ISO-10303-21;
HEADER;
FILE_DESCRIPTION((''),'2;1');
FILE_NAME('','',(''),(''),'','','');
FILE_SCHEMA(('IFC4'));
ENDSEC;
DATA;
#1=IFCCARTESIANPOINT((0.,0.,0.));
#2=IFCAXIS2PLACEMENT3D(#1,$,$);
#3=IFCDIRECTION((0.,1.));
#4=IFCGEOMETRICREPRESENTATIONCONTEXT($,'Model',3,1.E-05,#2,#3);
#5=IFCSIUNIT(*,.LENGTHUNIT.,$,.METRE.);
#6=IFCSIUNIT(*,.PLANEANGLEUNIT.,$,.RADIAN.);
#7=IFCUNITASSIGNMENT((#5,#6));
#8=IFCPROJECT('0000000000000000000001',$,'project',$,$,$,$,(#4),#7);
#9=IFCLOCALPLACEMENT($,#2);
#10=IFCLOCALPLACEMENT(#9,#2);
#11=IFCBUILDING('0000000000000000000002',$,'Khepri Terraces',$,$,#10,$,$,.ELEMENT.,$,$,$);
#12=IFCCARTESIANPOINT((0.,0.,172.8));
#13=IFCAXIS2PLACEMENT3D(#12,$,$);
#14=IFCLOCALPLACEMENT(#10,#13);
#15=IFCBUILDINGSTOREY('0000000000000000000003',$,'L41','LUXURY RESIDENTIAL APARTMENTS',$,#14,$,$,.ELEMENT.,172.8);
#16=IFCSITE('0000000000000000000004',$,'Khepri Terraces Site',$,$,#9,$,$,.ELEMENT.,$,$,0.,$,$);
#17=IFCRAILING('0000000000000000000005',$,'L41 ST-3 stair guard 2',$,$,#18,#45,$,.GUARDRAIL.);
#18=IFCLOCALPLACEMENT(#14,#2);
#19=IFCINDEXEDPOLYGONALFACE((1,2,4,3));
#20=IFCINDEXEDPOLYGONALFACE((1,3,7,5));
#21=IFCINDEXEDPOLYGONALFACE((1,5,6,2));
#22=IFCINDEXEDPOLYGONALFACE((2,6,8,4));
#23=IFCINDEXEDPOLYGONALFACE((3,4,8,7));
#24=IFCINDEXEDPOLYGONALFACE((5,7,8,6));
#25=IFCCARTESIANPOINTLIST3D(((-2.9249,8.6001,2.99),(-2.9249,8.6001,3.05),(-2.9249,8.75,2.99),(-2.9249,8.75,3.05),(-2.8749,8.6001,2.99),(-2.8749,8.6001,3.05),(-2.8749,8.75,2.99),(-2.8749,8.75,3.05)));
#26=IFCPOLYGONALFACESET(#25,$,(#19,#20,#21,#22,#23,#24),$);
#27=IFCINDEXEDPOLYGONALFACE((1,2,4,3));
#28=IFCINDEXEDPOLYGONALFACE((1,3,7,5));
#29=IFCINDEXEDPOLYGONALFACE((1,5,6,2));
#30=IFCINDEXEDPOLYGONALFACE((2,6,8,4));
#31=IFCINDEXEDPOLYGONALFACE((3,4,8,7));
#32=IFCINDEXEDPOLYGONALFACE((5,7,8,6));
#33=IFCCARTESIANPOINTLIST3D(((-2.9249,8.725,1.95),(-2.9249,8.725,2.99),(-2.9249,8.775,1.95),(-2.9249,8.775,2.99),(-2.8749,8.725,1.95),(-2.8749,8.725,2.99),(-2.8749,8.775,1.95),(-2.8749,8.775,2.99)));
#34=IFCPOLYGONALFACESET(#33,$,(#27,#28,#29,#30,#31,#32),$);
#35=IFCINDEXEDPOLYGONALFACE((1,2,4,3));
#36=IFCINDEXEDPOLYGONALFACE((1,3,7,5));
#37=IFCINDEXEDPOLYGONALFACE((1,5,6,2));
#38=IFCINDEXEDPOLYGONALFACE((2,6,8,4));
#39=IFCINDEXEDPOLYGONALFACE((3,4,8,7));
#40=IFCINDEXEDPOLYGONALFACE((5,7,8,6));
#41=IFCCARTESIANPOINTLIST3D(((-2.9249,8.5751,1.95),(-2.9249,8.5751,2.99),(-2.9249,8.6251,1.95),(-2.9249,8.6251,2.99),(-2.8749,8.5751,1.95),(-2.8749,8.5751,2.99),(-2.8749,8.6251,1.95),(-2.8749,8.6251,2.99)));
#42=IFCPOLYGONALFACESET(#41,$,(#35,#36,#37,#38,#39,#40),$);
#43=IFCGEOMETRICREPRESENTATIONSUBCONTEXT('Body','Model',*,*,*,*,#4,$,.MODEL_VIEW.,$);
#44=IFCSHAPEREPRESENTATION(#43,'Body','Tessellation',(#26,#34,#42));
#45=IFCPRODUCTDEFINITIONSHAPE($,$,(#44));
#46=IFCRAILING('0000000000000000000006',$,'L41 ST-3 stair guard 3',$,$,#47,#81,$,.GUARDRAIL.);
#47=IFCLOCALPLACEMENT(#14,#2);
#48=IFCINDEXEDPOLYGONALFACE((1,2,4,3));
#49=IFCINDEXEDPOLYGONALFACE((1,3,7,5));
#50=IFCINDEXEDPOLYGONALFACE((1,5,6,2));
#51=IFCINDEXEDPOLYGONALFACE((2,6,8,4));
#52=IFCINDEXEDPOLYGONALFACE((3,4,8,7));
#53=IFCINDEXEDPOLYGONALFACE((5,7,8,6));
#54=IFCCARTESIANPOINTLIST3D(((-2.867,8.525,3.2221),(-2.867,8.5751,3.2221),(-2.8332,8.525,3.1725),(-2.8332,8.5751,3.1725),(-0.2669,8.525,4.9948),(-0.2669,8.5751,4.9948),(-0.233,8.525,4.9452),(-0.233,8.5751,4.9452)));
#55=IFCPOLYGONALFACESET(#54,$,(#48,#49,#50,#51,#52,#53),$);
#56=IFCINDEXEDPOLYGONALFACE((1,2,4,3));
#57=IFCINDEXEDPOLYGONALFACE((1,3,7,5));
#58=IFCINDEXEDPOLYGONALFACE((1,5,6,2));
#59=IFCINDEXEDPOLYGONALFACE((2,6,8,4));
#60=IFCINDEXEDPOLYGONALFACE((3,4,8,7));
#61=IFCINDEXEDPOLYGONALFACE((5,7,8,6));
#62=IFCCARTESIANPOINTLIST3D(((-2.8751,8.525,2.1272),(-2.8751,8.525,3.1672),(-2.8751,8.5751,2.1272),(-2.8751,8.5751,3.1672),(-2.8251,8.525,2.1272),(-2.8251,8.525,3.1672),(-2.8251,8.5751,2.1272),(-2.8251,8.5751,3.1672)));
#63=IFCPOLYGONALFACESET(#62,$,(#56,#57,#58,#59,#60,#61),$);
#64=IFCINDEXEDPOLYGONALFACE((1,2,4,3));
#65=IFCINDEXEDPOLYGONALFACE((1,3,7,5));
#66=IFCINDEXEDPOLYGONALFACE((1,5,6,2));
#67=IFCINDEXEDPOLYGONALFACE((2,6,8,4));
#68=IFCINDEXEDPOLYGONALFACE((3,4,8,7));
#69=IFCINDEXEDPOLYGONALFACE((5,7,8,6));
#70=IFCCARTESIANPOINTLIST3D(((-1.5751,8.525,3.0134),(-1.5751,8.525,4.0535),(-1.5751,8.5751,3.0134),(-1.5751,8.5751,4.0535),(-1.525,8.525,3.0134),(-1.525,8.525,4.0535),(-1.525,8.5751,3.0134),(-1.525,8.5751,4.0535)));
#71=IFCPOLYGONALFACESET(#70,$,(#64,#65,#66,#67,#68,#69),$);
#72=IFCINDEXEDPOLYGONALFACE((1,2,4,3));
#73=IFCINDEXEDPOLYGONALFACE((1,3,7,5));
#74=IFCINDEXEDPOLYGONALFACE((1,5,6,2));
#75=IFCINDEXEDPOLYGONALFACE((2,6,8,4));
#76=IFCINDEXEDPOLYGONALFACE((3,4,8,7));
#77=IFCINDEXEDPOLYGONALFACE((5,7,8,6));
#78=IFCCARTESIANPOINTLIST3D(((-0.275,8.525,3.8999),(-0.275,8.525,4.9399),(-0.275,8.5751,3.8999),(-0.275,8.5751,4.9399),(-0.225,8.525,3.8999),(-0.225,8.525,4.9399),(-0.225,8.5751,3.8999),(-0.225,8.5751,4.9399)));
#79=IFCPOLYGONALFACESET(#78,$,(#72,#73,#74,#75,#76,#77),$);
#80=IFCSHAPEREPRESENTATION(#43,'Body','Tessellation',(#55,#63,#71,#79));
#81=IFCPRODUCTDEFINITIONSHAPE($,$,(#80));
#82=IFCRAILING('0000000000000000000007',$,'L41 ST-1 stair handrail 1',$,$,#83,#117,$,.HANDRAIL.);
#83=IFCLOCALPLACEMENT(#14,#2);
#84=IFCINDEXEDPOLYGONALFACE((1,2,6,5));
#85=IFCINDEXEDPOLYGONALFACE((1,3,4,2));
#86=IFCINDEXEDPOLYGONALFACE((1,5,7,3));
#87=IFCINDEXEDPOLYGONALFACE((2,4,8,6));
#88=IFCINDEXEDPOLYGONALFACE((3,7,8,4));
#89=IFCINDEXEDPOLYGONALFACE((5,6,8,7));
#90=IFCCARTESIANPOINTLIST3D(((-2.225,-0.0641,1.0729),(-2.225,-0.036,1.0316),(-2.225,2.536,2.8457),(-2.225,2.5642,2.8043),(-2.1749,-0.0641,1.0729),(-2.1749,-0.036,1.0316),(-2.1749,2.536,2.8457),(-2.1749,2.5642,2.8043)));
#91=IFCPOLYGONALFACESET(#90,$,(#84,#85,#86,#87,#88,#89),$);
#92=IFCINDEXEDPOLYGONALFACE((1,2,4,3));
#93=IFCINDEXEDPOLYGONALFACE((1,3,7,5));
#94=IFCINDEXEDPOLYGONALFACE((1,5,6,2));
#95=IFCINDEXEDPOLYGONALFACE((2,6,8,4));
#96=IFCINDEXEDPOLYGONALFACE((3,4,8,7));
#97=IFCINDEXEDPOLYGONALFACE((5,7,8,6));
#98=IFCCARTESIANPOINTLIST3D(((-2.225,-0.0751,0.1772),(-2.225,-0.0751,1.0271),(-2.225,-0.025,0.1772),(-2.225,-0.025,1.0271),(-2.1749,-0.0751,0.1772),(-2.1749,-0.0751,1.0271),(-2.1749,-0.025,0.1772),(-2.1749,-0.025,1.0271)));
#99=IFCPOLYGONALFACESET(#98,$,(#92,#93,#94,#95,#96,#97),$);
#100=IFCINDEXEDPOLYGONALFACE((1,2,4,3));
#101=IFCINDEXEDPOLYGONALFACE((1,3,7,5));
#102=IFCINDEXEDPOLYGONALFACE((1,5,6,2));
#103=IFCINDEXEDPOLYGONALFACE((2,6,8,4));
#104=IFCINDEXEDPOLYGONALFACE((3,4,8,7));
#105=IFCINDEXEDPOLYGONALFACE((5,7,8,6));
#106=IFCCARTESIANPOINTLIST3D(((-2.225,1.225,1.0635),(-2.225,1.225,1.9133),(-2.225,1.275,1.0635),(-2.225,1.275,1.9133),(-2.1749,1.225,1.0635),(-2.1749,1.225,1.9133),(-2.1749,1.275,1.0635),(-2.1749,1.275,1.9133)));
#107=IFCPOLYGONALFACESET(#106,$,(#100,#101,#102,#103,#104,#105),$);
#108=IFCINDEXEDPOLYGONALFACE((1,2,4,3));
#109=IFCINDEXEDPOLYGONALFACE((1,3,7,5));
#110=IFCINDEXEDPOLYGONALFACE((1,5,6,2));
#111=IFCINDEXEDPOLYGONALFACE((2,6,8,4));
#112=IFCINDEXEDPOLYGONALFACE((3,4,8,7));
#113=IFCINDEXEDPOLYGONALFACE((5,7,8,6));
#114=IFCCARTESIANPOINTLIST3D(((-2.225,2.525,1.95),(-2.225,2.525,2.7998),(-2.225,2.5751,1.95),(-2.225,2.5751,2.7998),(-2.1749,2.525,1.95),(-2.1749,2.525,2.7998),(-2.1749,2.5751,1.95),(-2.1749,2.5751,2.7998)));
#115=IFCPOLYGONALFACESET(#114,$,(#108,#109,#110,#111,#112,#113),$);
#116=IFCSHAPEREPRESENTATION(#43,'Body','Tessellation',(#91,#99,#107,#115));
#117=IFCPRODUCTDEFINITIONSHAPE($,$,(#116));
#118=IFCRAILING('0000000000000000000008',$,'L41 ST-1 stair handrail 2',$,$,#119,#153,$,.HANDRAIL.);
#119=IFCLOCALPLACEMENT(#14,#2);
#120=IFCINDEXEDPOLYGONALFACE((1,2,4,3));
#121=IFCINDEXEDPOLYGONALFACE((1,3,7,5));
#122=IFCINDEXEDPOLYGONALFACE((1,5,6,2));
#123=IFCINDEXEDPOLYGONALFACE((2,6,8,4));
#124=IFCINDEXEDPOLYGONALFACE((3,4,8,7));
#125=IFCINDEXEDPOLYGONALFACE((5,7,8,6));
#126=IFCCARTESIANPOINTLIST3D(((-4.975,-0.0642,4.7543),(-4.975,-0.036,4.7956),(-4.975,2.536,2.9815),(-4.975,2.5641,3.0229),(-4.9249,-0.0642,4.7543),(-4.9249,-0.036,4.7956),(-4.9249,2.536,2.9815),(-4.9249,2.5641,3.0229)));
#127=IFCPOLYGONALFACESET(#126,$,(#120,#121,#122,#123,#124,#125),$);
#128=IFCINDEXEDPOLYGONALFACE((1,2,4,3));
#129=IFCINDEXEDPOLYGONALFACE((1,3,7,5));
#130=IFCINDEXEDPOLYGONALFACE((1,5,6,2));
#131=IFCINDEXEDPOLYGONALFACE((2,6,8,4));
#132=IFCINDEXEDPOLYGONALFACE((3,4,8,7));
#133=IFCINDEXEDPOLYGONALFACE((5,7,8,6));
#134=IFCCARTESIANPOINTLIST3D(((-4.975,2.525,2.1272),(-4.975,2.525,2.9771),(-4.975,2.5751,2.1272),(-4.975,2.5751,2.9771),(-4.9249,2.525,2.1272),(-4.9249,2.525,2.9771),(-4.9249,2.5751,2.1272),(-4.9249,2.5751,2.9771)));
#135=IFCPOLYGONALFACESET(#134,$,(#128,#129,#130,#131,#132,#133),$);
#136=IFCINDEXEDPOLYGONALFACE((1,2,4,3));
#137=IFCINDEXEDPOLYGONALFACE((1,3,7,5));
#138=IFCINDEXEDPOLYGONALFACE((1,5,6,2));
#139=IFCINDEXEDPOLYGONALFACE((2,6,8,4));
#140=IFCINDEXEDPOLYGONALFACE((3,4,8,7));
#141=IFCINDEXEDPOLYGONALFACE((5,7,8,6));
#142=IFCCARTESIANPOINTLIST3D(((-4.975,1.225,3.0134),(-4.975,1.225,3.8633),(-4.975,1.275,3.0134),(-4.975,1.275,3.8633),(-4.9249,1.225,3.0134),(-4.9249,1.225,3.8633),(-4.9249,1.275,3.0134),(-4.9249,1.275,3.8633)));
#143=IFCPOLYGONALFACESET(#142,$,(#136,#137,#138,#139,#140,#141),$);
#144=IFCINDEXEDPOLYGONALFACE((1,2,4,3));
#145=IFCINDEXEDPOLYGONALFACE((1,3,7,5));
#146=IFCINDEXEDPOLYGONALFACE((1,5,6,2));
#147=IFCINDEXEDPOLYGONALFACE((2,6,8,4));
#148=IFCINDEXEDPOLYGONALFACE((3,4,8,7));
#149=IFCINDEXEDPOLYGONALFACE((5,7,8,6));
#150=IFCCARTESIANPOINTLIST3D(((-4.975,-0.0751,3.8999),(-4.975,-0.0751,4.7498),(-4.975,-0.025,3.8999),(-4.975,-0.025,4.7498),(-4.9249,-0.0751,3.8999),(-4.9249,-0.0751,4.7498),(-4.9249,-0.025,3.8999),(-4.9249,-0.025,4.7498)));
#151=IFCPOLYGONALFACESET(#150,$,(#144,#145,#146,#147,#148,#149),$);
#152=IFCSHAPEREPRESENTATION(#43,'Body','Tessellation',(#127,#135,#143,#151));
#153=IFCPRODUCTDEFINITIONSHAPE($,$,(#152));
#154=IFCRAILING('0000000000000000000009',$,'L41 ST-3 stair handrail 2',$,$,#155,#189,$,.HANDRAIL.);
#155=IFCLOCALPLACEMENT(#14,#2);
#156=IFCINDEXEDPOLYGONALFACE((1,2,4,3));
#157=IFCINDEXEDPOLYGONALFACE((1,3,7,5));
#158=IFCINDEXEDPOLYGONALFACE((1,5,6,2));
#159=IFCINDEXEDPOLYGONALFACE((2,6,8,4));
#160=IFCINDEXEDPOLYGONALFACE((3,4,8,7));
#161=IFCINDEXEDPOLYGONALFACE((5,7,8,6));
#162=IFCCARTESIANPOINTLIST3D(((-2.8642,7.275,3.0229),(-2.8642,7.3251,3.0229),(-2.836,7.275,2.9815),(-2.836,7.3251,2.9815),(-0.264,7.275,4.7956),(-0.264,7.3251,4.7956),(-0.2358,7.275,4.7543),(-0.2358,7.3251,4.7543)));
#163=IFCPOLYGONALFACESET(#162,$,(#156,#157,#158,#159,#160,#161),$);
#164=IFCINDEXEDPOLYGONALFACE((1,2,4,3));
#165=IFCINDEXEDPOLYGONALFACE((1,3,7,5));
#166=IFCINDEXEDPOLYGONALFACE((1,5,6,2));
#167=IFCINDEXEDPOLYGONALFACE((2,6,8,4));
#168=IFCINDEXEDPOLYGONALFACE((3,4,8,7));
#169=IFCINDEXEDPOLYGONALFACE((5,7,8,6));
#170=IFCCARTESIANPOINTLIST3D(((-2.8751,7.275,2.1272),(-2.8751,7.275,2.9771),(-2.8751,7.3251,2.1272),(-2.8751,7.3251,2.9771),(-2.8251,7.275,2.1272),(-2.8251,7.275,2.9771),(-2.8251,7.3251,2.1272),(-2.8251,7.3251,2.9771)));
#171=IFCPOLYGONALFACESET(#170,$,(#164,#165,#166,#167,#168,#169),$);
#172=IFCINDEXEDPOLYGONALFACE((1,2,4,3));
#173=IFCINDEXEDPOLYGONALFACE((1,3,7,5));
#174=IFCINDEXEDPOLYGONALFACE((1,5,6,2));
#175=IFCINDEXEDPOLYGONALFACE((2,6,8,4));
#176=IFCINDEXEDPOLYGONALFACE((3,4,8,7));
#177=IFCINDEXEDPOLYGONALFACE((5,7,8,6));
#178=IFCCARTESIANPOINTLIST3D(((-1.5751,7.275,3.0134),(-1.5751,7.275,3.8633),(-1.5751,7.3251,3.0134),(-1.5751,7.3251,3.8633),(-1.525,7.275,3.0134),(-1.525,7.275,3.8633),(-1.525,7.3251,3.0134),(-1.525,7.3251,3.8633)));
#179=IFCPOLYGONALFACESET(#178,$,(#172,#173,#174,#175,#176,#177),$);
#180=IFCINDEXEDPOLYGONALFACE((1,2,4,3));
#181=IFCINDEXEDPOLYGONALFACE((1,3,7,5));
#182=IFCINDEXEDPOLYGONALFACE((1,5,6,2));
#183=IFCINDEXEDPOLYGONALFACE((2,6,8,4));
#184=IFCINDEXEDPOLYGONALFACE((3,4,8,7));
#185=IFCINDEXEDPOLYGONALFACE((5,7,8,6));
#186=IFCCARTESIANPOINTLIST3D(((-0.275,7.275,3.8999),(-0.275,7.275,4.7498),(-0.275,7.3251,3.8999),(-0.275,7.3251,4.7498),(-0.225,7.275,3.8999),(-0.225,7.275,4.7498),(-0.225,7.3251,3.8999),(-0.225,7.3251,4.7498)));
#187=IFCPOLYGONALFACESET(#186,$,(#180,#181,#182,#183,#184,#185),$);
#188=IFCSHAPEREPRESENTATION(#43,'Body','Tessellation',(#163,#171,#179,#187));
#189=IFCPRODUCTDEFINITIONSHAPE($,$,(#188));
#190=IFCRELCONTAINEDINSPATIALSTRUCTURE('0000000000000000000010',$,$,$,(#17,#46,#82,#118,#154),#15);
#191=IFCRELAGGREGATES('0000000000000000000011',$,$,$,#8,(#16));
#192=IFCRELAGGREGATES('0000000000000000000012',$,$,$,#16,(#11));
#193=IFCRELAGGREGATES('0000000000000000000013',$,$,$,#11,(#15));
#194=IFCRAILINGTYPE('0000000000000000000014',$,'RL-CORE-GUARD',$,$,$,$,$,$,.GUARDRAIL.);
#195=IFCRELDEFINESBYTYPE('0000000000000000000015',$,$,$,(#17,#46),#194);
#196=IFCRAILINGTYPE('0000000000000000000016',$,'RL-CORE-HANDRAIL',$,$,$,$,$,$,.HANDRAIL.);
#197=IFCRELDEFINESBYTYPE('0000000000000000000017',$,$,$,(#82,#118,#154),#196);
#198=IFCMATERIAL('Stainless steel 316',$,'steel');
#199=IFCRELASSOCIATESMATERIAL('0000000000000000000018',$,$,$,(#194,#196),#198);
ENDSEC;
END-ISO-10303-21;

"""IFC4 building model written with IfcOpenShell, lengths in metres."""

from ifc_helpers import new_model, si_unit, direction, frame, origin, origin_2d, place, context, subcontext, project, spatial, rectangle, extrude, material, type_object, element, save


model = new_model("IFC4")

# Units and contexts
model_context = context("Model", 3, precision=1e-05, world=origin(), true_north=direction((0.0, 1.0)))
body_context = subcontext(model_context, "Body", "Model", "MODEL_VIEW")
ifc_project = project(units=[si_unit("LENGTHUNIT", "METRE"), si_unit("PLANEANGLEUNIT", "RADIAN")], contexts=[model_context])

# Site, building, storey
site_placement = place(None, origin())
site = spatial("IfcSite", under=ifc_project, at=site_placement, Name="Khepri Terraces Site", CompositionType="ELEMENT", RefElevation=0.0)
building_placement = place(site_placement, origin())
building = spatial("IfcBuilding", under=site, at=building_placement, Name="Khepri Terraces", CompositionType="ELEMENT")
storey_placement = place(building_placement, frame((0.0, 0.0, 172.8)))
storey = spatial("IfcBuildingStorey", under=building, at=storey_placement, Name="L41", Description="LUXURY RESIDENTIAL APARTMENTS", CompositionType="ELEMENT", Elevation=172.8)

# Railings
ifc_material_1 = material(Name="Stainless steel 316", Category="steel")
railing_type_1 = type_object("IfcRailingType", Name="RL-CORE-GUARD", PredefinedType="GUARDRAIL", material=ifc_material_1)
railing_1_placement = place(storey_placement, frame((-2.8999, 8.75, 1.95)))
element("IfcRailing", 1, at=railing_1_placement, inside=storey, type_object=railing_type_1, Name="L41 ST-3 stair guard 2", PredefinedType="GUARDRAIL", context=body_context, shape_type="SweptSolid", body=[
    extrude(rectangle(XDim=0.05, YDim=0.0601, at=origin_2d()), frame((0.0, 0.0, 1.0701), z_axis=(0.0, -1.0, 0.0), x_axis=(1.0, 0.0, 0.0)), (0.0, 0.0, 1.0), 0.1499),
    extrude(rectangle(XDim=0.05, YDim=0.05, at=origin_2d()), origin(), (0.0, 0.0, 1.0), 1.04),
    extrude(rectangle(XDim=0.05, YDim=0.05, at=origin_2d()), frame((0.0, -0.1499, 0.0)), (0.0, 0.0, 1.0), 1.04),
])
railing_2_placement = place(storey_placement, frame((-2.8501, 8.55, 2.1272)))
element("IfcRailing", 2, at=railing_2_placement, inside=storey, type_object=railing_type_1, Name="L41 ST-3 stair guard 3", PredefinedType="GUARDRAIL", context=body_context, shape_type="SweptSolid", body=[
    extrude(rectangle(XDim=0.05, YDim=0.0601, at=origin_2d()), frame((0.0, 0.0, 1.0701), z_axis=(0.82624, 0.0, 0.563318), x_axis=(0.0, 1.0, 0.0)), (0.0, 0.0, 1.0), 3.147),
    extrude(rectangle(XDim=0.05, YDim=0.05, at=origin_2d()), origin(), (0.0, 0.0, 1.0), 1.04),
    extrude(rectangle(XDim=0.05, YDim=0.05, at=origin_2d()), frame((1.3, 0.0, 0.8862)), (0.0, 0.0, 1.0), 1.04),
    extrude(rectangle(XDim=0.05, YDim=0.05, at=origin_2d()), frame((2.6001, 0.0, 1.7727)), (0.0, 0.0, 1.0), 1.04),
])
railing_type_2 = type_object("IfcRailingType", Name="RL-CORE-HANDRAIL", PredefinedType="HANDRAIL", material=ifc_material_1)
railing_3_placement = place(storey_placement, frame((-2.2, -0.05, 0.1772)))
element("IfcRailing", 3, at=railing_3_placement, inside=storey, type_object=railing_type_2, Name="L41 ST-1 stair handrail 1", PredefinedType="HANDRAIL", context=body_context, shape_type="SweptSolid", body=[
    extrude(rectangle(XDim=0.05, YDim=0.05, at=origin_2d()), frame((0.0, 0.0, 0.875), z_axis=(0.0, 0.82624, 0.563318), x_axis=(-1.0, 0.0, 0.0)), (0.0, 0.0, 1.0), 3.147),
    extrude(rectangle(XDim=0.05, YDim=0.05, at=origin_2d()), origin(), (0.0, 0.0, 1.0), 0.8499),
    extrude(rectangle(XDim=0.05, YDim=0.05, at=origin_2d()), frame((0.0, 1.3, 0.8862)), (0.0, 0.0, 1.0), 0.8499),
    extrude(rectangle(XDim=0.05, YDim=0.05, at=origin_2d()), frame((0.0, 2.6001, 1.7727)), (0.0, 0.0, 1.0), 0.8499),
])
railing_4_placement = place(storey_placement, frame((-4.95, 2.55, 2.1272)))
element("IfcRailing", 4, at=railing_4_placement, inside=storey, type_object=railing_type_2, Name="L41 ST-1 stair handrail 2", PredefinedType="HANDRAIL", context=body_context, shape_type="SweptSolid", body=[
    extrude(rectangle(XDim=0.05, YDim=0.05, at=origin_2d()), frame((0.0, 0.0, 0.875), z_axis=(0.0, -0.82624, 0.563318), x_axis=(1.0, 0.0, 0.0)), (0.0, 0.0, 1.0), 3.147),
    extrude(rectangle(XDim=0.05, YDim=0.05, at=origin_2d()), origin(), (0.0, 0.0, 1.0), 0.8499),
    extrude(rectangle(XDim=0.05, YDim=0.05, at=origin_2d()), frame((0.0, -1.3, 0.8862)), (0.0, 0.0, 1.0), 0.8499),
    extrude(rectangle(XDim=0.05, YDim=0.05, at=origin_2d()), frame((0.0, -2.6001, 1.7727)), (0.0, 0.0, 1.0), 0.8499),
])
railing_5_placement = place(storey_placement, frame((-2.8501, 7.3, 2.1272)))
element("IfcRailing", 5, at=railing_5_placement, inside=storey, type_object=railing_type_2, Name="L41 ST-3 stair handrail 2", PredefinedType="HANDRAIL", context=body_context, shape_type="SweptSolid", body=[
    extrude(rectangle(XDim=0.05, YDim=0.05, at=origin_2d()), frame((0.0, 0.0, 0.875), z_axis=(0.82624, 0.0, 0.563318), x_axis=(0.0, 1.0, 0.0)), (0.0, 0.0, 1.0), 3.147),
    extrude(rectangle(XDim=0.05, YDim=0.05, at=origin_2d()), origin(), (0.0, 0.0, 1.0), 0.8499),
    extrude(rectangle(XDim=0.05, YDim=0.05, at=origin_2d()), frame((1.3, 0.0, 0.8862)), (0.0, 0.0, 1.0), 0.8499),
    extrude(rectangle(XDim=0.05, YDim=0.05, at=origin_2d()), frame((2.6001, 0.0, 1.7727)), (0.0, 0.0, 1.0), 0.8499),
])

save(model, "model.ifc")
